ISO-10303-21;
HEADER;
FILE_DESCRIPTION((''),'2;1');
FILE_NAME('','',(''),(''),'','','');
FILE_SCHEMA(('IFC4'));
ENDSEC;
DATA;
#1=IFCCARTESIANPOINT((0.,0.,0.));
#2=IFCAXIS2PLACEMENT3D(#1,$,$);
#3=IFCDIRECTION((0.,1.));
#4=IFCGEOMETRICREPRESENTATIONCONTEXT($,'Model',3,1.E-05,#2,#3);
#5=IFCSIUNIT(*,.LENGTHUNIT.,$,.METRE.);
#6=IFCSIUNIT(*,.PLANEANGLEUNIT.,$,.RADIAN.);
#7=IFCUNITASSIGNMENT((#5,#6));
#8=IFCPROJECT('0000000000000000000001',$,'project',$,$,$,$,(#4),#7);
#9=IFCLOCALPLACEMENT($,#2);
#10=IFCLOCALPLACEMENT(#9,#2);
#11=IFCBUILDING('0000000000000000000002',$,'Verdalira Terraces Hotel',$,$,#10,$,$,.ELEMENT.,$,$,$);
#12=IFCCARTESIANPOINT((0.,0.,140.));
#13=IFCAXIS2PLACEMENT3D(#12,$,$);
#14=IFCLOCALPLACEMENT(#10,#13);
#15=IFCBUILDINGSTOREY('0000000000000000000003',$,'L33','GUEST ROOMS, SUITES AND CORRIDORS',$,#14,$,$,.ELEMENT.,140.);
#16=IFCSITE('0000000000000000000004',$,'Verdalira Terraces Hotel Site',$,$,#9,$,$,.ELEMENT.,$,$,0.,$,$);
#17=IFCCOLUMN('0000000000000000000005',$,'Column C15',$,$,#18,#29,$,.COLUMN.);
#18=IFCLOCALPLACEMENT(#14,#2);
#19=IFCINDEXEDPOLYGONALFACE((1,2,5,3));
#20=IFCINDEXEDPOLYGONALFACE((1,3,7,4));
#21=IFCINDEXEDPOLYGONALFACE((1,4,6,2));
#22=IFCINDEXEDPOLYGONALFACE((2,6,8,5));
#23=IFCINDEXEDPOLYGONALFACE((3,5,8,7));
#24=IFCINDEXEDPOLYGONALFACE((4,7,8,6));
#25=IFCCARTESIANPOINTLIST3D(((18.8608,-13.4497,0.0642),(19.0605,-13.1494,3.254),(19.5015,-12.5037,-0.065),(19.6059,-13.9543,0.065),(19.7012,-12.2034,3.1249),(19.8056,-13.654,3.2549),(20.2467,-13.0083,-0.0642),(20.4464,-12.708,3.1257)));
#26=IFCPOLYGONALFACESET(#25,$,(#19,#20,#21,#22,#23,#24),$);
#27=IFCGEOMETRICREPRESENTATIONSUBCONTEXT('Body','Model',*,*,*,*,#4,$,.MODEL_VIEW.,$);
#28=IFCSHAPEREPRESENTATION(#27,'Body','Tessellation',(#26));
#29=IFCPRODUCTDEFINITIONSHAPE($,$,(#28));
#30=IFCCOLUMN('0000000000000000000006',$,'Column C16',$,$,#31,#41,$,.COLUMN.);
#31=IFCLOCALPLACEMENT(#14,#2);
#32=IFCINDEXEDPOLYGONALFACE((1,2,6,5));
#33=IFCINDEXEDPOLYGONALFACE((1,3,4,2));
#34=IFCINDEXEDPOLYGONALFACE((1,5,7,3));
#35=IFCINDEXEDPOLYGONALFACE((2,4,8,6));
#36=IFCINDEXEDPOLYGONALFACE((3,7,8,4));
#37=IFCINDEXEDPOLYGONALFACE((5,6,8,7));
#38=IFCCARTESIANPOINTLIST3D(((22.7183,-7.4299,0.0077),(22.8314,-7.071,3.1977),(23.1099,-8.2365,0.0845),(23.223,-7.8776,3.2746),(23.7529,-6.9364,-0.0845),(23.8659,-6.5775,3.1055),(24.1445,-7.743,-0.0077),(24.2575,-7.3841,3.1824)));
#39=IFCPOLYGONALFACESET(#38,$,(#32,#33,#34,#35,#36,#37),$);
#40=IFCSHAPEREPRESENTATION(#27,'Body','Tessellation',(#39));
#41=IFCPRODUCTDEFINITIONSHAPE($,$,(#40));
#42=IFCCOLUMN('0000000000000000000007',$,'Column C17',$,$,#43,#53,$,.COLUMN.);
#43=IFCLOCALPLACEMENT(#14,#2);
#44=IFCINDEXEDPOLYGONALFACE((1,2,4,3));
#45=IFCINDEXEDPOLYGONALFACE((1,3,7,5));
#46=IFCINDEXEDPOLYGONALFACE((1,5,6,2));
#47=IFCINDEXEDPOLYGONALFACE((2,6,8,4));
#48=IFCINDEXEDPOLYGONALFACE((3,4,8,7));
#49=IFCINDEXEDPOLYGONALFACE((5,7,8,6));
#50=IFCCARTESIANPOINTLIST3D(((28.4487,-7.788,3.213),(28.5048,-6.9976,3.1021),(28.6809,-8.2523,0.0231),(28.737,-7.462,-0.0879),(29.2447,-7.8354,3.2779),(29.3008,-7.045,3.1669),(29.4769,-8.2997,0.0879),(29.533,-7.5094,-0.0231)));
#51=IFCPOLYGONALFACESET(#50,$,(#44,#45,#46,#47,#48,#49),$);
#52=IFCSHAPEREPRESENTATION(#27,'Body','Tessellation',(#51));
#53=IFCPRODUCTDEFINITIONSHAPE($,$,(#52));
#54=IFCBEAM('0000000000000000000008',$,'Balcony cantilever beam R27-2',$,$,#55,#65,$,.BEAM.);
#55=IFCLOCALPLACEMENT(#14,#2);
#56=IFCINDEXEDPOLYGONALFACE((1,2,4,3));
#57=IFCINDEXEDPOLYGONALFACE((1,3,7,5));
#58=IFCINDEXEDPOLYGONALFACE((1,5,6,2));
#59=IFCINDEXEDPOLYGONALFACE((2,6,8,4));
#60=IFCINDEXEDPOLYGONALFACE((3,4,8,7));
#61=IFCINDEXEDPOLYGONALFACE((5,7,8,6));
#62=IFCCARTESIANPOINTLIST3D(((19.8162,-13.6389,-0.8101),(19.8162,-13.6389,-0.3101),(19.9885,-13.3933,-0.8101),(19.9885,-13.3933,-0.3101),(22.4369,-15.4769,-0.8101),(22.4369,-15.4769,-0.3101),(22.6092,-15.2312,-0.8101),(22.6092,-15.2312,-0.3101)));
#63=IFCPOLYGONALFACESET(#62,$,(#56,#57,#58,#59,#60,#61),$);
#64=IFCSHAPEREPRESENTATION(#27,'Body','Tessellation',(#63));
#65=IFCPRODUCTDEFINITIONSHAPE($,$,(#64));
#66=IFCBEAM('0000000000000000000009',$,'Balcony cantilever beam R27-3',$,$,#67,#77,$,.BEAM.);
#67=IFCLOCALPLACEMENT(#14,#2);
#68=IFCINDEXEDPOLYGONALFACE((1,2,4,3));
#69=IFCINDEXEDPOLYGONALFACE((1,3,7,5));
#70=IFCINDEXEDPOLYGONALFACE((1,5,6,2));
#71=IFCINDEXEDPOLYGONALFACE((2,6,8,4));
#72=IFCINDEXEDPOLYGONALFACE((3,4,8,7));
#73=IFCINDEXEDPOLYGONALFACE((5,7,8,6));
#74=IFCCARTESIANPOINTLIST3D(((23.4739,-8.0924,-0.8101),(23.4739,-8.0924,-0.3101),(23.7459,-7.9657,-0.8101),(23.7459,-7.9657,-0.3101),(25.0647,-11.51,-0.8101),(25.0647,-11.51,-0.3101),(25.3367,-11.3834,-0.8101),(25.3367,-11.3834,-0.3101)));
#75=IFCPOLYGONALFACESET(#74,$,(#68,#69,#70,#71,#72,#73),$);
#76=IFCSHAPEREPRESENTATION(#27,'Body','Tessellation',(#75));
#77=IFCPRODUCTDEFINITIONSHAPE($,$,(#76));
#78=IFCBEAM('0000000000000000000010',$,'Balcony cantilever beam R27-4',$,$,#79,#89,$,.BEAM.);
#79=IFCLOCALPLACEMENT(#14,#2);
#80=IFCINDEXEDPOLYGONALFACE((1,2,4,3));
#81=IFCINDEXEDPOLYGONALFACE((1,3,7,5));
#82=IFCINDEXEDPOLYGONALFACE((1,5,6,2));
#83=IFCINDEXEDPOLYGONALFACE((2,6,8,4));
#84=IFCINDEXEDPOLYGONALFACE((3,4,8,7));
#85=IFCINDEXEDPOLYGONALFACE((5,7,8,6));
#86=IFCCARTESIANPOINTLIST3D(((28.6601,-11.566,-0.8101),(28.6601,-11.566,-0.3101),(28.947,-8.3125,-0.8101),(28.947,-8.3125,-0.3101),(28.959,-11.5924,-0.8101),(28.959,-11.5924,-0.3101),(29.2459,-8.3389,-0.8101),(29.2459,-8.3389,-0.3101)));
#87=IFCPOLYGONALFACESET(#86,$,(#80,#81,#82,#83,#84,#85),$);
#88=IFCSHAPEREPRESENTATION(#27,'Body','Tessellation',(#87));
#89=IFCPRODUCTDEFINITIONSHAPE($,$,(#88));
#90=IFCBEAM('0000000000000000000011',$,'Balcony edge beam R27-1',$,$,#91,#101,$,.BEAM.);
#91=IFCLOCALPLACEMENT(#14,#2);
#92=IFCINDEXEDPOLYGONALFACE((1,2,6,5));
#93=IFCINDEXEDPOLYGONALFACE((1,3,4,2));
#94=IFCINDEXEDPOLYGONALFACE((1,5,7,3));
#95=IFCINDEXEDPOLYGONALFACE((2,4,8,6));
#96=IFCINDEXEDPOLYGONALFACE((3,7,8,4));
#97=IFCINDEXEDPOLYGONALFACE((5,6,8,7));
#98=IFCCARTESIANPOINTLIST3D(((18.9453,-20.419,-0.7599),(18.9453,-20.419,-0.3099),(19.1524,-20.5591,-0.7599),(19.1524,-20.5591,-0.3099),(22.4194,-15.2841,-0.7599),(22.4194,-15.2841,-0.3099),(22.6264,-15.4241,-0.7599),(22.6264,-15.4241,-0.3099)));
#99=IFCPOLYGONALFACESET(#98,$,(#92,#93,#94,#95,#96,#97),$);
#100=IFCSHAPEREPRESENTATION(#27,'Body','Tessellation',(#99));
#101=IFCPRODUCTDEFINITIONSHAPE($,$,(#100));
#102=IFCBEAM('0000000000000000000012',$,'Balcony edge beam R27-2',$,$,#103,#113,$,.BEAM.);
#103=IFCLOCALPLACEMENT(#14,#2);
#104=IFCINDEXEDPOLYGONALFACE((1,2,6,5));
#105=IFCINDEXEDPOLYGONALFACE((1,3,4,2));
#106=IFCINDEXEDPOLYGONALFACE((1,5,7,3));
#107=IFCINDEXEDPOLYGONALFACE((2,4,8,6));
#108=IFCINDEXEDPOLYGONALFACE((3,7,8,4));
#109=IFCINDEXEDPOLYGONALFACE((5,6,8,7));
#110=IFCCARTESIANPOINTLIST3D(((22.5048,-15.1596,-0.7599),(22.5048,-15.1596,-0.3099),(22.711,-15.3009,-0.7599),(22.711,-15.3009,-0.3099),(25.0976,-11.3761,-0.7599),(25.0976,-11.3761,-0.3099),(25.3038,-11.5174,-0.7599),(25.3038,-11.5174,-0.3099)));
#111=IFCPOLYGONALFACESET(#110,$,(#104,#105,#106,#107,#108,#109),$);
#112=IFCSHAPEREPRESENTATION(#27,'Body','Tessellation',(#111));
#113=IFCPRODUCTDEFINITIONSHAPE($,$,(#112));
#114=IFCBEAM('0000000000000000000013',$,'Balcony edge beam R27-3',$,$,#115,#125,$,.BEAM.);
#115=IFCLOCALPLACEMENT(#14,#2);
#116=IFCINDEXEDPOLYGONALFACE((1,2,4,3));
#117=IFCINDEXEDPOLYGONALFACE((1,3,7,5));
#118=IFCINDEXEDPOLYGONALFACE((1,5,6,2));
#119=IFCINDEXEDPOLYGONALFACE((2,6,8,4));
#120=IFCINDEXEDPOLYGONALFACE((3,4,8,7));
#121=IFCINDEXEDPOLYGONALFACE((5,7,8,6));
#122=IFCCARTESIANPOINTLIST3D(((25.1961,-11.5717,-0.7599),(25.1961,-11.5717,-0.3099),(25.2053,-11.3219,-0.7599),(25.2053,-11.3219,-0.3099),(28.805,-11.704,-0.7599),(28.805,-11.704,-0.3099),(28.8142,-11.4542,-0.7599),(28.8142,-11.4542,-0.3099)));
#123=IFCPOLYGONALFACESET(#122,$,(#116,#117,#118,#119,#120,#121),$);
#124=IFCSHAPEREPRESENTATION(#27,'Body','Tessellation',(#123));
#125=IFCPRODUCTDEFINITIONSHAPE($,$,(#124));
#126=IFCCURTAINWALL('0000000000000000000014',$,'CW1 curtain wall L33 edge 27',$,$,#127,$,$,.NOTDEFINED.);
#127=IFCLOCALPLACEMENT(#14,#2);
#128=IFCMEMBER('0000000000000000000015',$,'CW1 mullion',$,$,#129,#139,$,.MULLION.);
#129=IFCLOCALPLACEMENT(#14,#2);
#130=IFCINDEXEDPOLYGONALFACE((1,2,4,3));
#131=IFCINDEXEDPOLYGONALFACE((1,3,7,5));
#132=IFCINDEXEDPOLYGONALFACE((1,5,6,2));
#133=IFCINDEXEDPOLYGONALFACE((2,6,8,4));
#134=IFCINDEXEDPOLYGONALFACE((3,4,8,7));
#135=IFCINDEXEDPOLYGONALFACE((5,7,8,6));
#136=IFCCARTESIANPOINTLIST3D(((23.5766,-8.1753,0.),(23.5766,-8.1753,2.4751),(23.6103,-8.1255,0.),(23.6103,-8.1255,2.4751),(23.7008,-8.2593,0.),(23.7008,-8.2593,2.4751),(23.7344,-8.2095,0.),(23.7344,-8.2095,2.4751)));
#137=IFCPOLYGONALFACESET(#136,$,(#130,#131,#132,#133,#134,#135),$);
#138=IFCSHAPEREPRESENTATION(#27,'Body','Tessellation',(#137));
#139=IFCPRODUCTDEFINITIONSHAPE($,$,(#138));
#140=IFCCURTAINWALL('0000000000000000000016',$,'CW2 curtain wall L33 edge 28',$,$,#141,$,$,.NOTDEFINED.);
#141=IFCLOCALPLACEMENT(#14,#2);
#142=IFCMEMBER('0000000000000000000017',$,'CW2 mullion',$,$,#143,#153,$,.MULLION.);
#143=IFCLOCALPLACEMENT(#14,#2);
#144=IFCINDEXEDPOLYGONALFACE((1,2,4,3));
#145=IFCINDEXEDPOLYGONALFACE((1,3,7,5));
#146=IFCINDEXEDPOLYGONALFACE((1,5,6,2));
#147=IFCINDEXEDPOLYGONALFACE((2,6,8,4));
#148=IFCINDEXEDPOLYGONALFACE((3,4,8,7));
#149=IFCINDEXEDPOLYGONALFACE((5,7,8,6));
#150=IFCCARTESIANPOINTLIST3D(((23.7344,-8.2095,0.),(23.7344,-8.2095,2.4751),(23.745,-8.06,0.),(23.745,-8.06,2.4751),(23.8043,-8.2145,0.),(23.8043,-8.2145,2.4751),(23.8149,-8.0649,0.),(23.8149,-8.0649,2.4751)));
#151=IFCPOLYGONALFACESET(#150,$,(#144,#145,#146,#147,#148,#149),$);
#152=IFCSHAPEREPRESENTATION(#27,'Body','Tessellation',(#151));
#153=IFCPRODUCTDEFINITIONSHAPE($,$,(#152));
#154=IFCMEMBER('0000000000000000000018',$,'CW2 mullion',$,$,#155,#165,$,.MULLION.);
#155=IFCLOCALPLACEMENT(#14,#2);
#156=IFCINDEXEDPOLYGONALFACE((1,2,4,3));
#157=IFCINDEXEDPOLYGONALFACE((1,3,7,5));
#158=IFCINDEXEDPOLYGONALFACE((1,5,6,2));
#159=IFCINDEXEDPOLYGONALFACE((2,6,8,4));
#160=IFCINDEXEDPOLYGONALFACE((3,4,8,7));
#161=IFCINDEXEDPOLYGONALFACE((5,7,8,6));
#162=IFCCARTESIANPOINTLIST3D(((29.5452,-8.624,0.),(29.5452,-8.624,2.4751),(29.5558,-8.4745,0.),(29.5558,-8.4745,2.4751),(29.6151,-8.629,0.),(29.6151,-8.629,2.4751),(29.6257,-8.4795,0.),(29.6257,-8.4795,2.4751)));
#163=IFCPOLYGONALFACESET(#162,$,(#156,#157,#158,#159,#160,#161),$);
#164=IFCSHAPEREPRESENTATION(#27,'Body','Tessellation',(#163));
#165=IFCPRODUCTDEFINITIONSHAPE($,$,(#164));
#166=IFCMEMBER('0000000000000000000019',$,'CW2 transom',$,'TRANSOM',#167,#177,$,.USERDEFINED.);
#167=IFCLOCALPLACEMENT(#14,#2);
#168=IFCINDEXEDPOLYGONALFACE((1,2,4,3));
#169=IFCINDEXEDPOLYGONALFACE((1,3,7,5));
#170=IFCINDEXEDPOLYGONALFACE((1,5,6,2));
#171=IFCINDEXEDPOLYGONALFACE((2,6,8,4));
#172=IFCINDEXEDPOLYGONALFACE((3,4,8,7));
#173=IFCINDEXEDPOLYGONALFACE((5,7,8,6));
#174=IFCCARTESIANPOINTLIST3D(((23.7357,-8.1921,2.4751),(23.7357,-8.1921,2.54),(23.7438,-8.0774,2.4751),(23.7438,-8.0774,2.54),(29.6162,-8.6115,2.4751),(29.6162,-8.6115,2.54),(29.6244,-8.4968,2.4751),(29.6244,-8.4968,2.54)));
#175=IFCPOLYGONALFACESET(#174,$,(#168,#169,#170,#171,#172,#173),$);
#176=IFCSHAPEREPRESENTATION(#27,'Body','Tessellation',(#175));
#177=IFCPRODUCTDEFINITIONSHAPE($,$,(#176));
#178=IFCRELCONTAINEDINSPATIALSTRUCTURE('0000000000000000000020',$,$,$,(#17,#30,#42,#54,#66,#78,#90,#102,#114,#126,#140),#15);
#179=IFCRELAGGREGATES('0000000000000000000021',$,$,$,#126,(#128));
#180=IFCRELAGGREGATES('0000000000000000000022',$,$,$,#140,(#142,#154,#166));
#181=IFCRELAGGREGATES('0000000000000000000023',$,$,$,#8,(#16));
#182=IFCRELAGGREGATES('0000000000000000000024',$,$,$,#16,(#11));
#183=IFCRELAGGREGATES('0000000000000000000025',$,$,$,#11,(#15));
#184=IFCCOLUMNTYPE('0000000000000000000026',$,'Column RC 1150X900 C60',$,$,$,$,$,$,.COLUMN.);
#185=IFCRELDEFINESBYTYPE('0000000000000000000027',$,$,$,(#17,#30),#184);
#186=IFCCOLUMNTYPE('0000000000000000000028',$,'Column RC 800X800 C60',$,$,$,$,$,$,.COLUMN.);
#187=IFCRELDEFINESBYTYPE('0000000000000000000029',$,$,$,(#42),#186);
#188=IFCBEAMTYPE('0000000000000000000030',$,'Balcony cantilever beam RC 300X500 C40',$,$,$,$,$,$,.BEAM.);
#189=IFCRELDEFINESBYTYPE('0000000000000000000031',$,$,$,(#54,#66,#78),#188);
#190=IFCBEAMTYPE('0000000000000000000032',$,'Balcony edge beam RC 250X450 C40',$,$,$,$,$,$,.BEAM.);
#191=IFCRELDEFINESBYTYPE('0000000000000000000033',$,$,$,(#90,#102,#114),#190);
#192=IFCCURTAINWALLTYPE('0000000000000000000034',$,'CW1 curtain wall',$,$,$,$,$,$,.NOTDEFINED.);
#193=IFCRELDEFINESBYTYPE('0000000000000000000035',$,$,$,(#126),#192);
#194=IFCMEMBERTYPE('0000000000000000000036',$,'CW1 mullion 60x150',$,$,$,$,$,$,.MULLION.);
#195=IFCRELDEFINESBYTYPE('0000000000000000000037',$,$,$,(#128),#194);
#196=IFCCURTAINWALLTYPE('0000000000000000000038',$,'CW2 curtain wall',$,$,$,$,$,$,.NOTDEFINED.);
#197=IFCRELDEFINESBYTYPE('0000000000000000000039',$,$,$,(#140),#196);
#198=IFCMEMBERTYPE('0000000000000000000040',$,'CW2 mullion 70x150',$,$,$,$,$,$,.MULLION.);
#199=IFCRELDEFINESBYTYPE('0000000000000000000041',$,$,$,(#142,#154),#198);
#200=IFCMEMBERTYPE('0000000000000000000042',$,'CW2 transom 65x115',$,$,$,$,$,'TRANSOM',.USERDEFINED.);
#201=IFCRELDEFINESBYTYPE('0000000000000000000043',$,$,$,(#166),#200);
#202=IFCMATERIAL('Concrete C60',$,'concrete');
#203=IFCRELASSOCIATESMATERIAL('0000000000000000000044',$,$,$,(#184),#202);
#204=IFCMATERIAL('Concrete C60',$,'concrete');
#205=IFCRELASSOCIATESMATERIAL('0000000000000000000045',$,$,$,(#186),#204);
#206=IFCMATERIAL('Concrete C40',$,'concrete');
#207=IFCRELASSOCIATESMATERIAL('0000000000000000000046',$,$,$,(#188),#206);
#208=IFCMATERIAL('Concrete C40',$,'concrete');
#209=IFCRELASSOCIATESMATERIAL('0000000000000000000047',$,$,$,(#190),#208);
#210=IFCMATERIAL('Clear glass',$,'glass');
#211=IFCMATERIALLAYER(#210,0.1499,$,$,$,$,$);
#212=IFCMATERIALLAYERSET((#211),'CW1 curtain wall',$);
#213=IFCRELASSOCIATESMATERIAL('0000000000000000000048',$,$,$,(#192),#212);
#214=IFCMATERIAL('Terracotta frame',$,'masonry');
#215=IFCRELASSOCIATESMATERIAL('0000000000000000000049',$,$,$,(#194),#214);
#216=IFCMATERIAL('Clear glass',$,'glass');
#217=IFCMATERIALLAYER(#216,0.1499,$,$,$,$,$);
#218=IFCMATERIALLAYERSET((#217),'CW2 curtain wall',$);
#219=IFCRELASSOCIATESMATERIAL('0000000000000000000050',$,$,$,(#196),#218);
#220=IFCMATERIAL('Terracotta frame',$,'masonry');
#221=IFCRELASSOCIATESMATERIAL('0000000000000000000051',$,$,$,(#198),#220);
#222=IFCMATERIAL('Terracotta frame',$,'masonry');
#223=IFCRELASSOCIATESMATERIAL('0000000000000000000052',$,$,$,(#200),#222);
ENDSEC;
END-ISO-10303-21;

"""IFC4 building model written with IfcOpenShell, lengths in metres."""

from ifc_helpers import new_model, si_unit, direction, frame, origin, origin_2d, place, context, subcontext, project, spatial, rectangle, extrude, material, layer, layer_set, material_profile, profile_set, type_object, element, aggregate, save


model = new_model("IFC4")

# Units and contexts
model_context = context("Model", 3, precision=1e-05, world=origin(), true_north=direction((0.0, 1.0)))
body_context = subcontext(model_context, "Body", "Model", "MODEL_VIEW")
ifc_project = project(units=[si_unit("LENGTHUNIT", "METRE"), si_unit("PLANEANGLEUNIT", "RADIAN")], contexts=[model_context])

# Site, building, storey
site_placement = place(None, origin())
site = spatial("IfcSite", under=ifc_project, at=site_placement, Name="Verdalira Terraces Hotel Site", CompositionType="ELEMENT", RefElevation=0.0)
building_placement = place(site_placement, origin())
building = spatial("IfcBuilding", under=site, at=building_placement, Name="Verdalira Terraces Hotel", CompositionType="ELEMENT")
storey_placement = place(building_placement, frame((0.0, 0.0, 140.0)))
storey = spatial("IfcBuildingStorey", under=building, at=storey_placement, Name="L33", Description="GUEST ROOMS, SUITES AND CORRIDORS", CompositionType="ELEMENT", Elevation=140.0)

# Columns
ifc_material_1 = material(Name="Concrete C60", Category="concrete")
ifc_material_profile_1 = material_profile(ifc_material_1, rectangle(XDim=1.1499, YDim=0.8999, at=origin_2d()), Name="RC 1150X900")
ifc_profile_set_1 = profile_set([ifc_material_profile_1], Name="Concrete C60")
column_type_1 = type_object("IfcColumnType", Name="Column RC 1150X900 C60", PredefinedType="COLUMN", material=ifc_profile_set_1)
column_1_placement = place(storey_placement, frame((19.5537, -13.229, 0.0), z_axis=(0.062209, 0.093542, 0.99367), x_axis=(0.557258, 0.822705, -0.112335)))
element("IfcColumn", 1, at=column_1_placement, inside=storey, type_object=column_type_1, Name="Column C15", PredefinedType="COLUMN", context=body_context, shape_type="SweptSolid", body=[
    extrude(rectangle(XDim=1.1499, YDim=0.8999, at=origin_2d()), origin(), (0.0, 0.0, 1.0), 3.2102),
])
column_2_placement = place(storey_placement, frame((23.4314, -7.5864, 0.0), z_axis=(0.035192, 0.111731, 0.993115), x_axis=(-0.89966, -0.429169, 0.080164)))
element("IfcColumn", 2, at=column_2_placement, inside=storey, type_object=column_type_1, Name="Column C16", PredefinedType="COLUMN", context=body_context, shape_type="SweptSolid", body=[
    extrude(rectangle(XDim=1.1499, YDim=0.8999, at=origin_2d()), origin(), (0.0, 0.0, 1.0), 3.2122),
])
ifc_material_2 = material(Name="Concrete C60", Category="concrete")
ifc_material_profile_2 = material_profile(ifc_material_2, rectangle(XDim=0.8, YDim=0.8, at=origin_2d()), Name="RC 800X800")
ifc_profile_set_2 = profile_set([ifc_material_profile_2], Name="Concrete C60")
column_type_2 = type_object("IfcColumnType", Name="Column RC 800X800 C60", PredefinedType="COLUMN", material=ifc_profile_set_2)
column_3_placement = place(storey_placement, frame((29.1069, -7.8809, 0.0), z_axis=(-0.071839, 0.143678, 0.987014), x_axis=(0.994951, -0.059215, 0.081037)))
element("IfcColumn", 3, at=column_3_placement, inside=storey, type_object=column_type_2, Name="Column C17", PredefinedType="COLUMN", context=body_context, shape_type="SweptSolid", body=[
    extrude(rectangle(XDim=0.8, YDim=0.8, at=origin_2d()), origin(), (0.0, 0.0, 1.0), 3.2319),
])

# Beams
ifc_material_3 = material(Name="Concrete C40", Category="concrete")
ifc_material_profile_3 = material_profile(ifc_material_3, rectangle(XDim=0.3, YDim=0.5, at=origin_2d()), Name="RC 300X500")
ifc_profile_set_3 = profile_set([ifc_material_profile_3], Name="Concrete C40")
beam_type_1 = type_object("IfcBeamType", Name="Balcony cantilever beam RC 300X500 C40", PredefinedType="BEAM", material=ifc_profile_set_3)
beam_1_placement = place(storey_placement, frame((19.9023, -13.5161, -0.5601), z_axis=(0.818723, -0.574189, 0.0), x_axis=(0.574189, 0.818723, 0.0)))
element("IfcBeam", 4, at=beam_1_placement, inside=storey, type_object=beam_type_1, Name="Balcony cantilever beam R27-2", PredefinedType="BEAM", context=body_context, shape_type="SweptSolid", body=[
    extrude(rectangle(XDim=0.3, YDim=0.5, at=origin_2d()), origin(), (0.0, 0.0, 1.0), 3.2009),
])
beam_2_placement = place(storey_placement, frame((23.6099, -8.0291, -0.5601), z_axis=(0.421988, -0.906601, 0.0), x_axis=(0.906601, 0.421988, 0.0)))
element("IfcBeam", 5, at=beam_2_placement, inside=storey, type_object=beam_type_1, Name="Balcony cantilever beam R27-3", PredefinedType="BEAM", context=body_context, shape_type="SweptSolid", body=[
    extrude(rectangle(XDim=0.3, YDim=0.5, at=origin_2d()), origin(), (0.0, 0.0, 1.0), 3.7698),
])
beam_3_placement = place(storey_placement, frame((29.0964, -8.3257, -0.5601), z_axis=(-0.087833, -0.996135, 0.0), x_axis=(0.996135, -0.087833, 0.0)))
element("IfcBeam", 6, at=beam_3_placement, inside=storey, type_object=beam_type_1, Name="Balcony cantilever beam R27-4", PredefinedType="BEAM", context=body_context, shape_type="SweptSolid", body=[
    extrude(rectangle(XDim=0.3, YDim=0.5, at=origin_2d()), origin(), (0.0, 0.0, 1.0), 3.2661),
])
ifc_material_4 = material(Name="Concrete C40", Category="concrete")
ifc_material_profile_4 = material_profile(ifc_material_4, rectangle(XDim=0.25, YDim=0.45, at=origin_2d()), Name="RC 250X450")
ifc_profile_set_4 = profile_set([ifc_material_profile_4], Name="Concrete C40")
beam_type_2 = type_object("IfcBeamType", Name="Balcony edge beam RC 250X450 C40", PredefinedType="BEAM", material=ifc_profile_set_4)
beam_4_placement = place(storey_placement, frame((19.0488, -20.489, -0.5349), z_axis=(0.560358, 0.828251, 0.0), x_axis=(-0.828251, 0.560358, 0.0)))
element("IfcBeam", 7, at=beam_4_placement, inside=storey, type_object=beam_type_2, Name="Balcony edge beam R27-1", PredefinedType="BEAM", context=body_context, shape_type="SweptSolid", body=[
    extrude(rectangle(XDim=0.25, YDim=0.45, at=origin_2d()), origin(), (0.0, 0.0, 1.0), 6.1997),
])
beam_5_placement = place(storey_placement, frame((22.6079, -15.2302, -0.5349), z_axis=(0.565292, 0.824891, 0.0), x_axis=(-0.824891, 0.565292, 0.0)))
element("IfcBeam", 8, at=beam_5_placement, inside=storey, type_object=beam_type_2, Name="Balcony edge beam R27-2", PredefinedType="BEAM", context=body_context, shape_type="SweptSolid", body=[
    extrude(rectangle(XDim=0.25, YDim=0.45, at=origin_2d()), origin(), (0.0, 0.0, 1.0), 4.5867),
])
beam_6_placement = place(storey_placement, frame((25.2007, -11.4468, -0.5349), z_axis=(0.999328, -0.036642, 0.0), x_axis=(0.036642, 0.999328, 0.0)))
element("IfcBeam", 9, at=beam_6_placement, inside=storey, type_object=beam_type_2, Name="Balcony edge beam R27-3", PredefinedType="BEAM", context=body_context, shape_type="SweptSolid", body=[
    extrude(rectangle(XDim=0.25, YDim=0.45, at=origin_2d()), origin(), (0.0, 0.0, 1.0), 3.6113),
])

# Curtain wall, member
ifc_material_5 = material(Name="Clear glass", Category="glass")
ifc_layer_1 = layer(ifc_material_5, 0.1499)
ifc_layer_set_1 = layer_set([ifc_layer_1], Name="CW1 curtain wall")
curtain_wall_type_1 = type_object("IfcCurtainWallType", Name="CW1 curtain wall", PredefinedType="NOTDEFINED", material=ifc_layer_set_1)
curtain_wall_1_placement = place(storey_placement, origin())
curtain_wall_1 = element("IfcCurtainWall", 10, at=curtain_wall_1_placement, inside=storey, type_object=curtain_wall_type_1, Name="CW1 curtain wall L33 edge 27", PredefinedType="NOTDEFINED")
ifc_material_6 = material(Name="Terracotta frame", Category="masonry")
ifc_material_profile_5 = material_profile(ifc_material_6, rectangle(XDim=0.0601, YDim=0.1499, at=origin_2d()), Name="MU 60x150")
ifc_profile_set_5 = profile_set([ifc_material_profile_5], Name="Terracotta frame")
member_type_1 = type_object("IfcMemberType", Name="CW1 mullion 60x150", PredefinedType="MULLION", material=ifc_profile_set_5)
member_1_placement = place(storey_placement, frame((23.6555, -8.1924, 0.0), z_axis=(0.0, 0.0, 1.0), x_axis=(0.56035, 0.828256, 0.0)))
member_1 = element("IfcMember", 11, at=member_1_placement, type_object=member_type_1, Name="CW1 mullion", PredefinedType="MULLION", context=body_context, shape_type="SweptSolid", body=[
    extrude(rectangle(XDim=0.0601, YDim=0.1499, at=origin_2d()), origin(), (0.0, 0.0, 1.0), 2.4751),
])

# Curtain wall, members
ifc_material_7 = material(Name="Clear glass", Category="glass")
ifc_layer_2 = layer(ifc_material_7, 0.1499)
ifc_layer_set_2 = layer_set([ifc_layer_2], Name="CW2 curtain wall")
curtain_wall_type_2 = type_object("IfcCurtainWallType", Name="CW2 curtain wall", PredefinedType="NOTDEFINED", material=ifc_layer_set_2)
curtain_wall_2_placement = place(storey_placement, origin())
curtain_wall_2 = element("IfcCurtainWall", 12, at=curtain_wall_2_placement, inside=storey, type_object=curtain_wall_type_2, Name="CW2 curtain wall L33 edge 28", PredefinedType="NOTDEFINED")
ifc_material_8 = material(Name="Terracotta frame", Category="masonry")
ifc_material_profile_6 = material_profile(ifc_material_8, rectangle(XDim=0.0701, YDim=0.1499, at=origin_2d()), Name="MU 70x150")
ifc_profile_set_6 = profile_set([ifc_material_profile_6], Name="Terracotta frame")
member_type_2 = type_object("IfcMemberType", Name="CW2 mullion 70x150", PredefinedType="MULLION", material=ifc_profile_set_6)
member_2_placement = place(storey_placement, frame((23.7747, -8.1372, 0.0), z_axis=(0.0, 0.0, 1.0), x_axis=(0.997466, -0.071149, 0.0)))
member_2 = element("IfcMember", 13, at=member_2_placement, type_object=member_type_2, Name="CW2 mullion", PredefinedType="MULLION", context=body_context, shape_type="SweptSolid", body=[
    extrude(rectangle(XDim=0.0701, YDim=0.1499, at=origin_2d()), origin(), (0.0, 0.0, 1.0), 2.4751),
])
member_3_placement = place(storey_placement, frame((29.5854, -8.5518, 0.0), z_axis=(0.0, 0.0, 1.0), x_axis=(0.997466, -0.071149, 0.0)))
member_3 = element("IfcMember", 14, at=member_3_placement, type_object=member_type_2, Name="CW2 mullion", PredefinedType="MULLION", context=body_context, shape_type="SweptSolid", body=[
    extrude(rectangle(XDim=0.0701, YDim=0.1499, at=origin_2d()), origin(), (0.0, 0.0, 1.0), 2.4751),
])
ifc_material_9 = material(Name="Terracotta frame", Category="masonry")
ifc_material_profile_7 = material_profile(ifc_material_9, rectangle(XDim=0.115, YDim=0.0649, at=origin_2d()), Name="TR 65x115")
ifc_profile_set_7 = profile_set([ifc_material_profile_7], Name="Terracotta frame")
member_type_3 = type_object("IfcMemberType", Name="CW2 transom 65x115", ElementType="TRANSOM", PredefinedType="USERDEFINED", material=ifc_profile_set_7)
member_4_placement = place(storey_placement, frame((23.7397, -8.1348, 2.5076), z_axis=(0.997466, -0.071144, 0.0), x_axis=(0.071144, 0.997466, 0.0)))
member_4 = element("IfcMember", 15, at=member_4_placement, type_object=member_type_3, Name="CW2 transom", ObjectType="TRANSOM", PredefinedType="USERDEFINED", context=body_context, shape_type="SweptSolid", body=[
    extrude(rectangle(XDim=0.115, YDim=0.0649, at=origin_2d()), origin(), (0.0, 0.0, 1.0), 5.8955),
])

aggregate(curtain_wall_1, [member_1])
aggregate(curtain_wall_2, [member_2, member_3, member_4])

save(model, "model.ifc")
